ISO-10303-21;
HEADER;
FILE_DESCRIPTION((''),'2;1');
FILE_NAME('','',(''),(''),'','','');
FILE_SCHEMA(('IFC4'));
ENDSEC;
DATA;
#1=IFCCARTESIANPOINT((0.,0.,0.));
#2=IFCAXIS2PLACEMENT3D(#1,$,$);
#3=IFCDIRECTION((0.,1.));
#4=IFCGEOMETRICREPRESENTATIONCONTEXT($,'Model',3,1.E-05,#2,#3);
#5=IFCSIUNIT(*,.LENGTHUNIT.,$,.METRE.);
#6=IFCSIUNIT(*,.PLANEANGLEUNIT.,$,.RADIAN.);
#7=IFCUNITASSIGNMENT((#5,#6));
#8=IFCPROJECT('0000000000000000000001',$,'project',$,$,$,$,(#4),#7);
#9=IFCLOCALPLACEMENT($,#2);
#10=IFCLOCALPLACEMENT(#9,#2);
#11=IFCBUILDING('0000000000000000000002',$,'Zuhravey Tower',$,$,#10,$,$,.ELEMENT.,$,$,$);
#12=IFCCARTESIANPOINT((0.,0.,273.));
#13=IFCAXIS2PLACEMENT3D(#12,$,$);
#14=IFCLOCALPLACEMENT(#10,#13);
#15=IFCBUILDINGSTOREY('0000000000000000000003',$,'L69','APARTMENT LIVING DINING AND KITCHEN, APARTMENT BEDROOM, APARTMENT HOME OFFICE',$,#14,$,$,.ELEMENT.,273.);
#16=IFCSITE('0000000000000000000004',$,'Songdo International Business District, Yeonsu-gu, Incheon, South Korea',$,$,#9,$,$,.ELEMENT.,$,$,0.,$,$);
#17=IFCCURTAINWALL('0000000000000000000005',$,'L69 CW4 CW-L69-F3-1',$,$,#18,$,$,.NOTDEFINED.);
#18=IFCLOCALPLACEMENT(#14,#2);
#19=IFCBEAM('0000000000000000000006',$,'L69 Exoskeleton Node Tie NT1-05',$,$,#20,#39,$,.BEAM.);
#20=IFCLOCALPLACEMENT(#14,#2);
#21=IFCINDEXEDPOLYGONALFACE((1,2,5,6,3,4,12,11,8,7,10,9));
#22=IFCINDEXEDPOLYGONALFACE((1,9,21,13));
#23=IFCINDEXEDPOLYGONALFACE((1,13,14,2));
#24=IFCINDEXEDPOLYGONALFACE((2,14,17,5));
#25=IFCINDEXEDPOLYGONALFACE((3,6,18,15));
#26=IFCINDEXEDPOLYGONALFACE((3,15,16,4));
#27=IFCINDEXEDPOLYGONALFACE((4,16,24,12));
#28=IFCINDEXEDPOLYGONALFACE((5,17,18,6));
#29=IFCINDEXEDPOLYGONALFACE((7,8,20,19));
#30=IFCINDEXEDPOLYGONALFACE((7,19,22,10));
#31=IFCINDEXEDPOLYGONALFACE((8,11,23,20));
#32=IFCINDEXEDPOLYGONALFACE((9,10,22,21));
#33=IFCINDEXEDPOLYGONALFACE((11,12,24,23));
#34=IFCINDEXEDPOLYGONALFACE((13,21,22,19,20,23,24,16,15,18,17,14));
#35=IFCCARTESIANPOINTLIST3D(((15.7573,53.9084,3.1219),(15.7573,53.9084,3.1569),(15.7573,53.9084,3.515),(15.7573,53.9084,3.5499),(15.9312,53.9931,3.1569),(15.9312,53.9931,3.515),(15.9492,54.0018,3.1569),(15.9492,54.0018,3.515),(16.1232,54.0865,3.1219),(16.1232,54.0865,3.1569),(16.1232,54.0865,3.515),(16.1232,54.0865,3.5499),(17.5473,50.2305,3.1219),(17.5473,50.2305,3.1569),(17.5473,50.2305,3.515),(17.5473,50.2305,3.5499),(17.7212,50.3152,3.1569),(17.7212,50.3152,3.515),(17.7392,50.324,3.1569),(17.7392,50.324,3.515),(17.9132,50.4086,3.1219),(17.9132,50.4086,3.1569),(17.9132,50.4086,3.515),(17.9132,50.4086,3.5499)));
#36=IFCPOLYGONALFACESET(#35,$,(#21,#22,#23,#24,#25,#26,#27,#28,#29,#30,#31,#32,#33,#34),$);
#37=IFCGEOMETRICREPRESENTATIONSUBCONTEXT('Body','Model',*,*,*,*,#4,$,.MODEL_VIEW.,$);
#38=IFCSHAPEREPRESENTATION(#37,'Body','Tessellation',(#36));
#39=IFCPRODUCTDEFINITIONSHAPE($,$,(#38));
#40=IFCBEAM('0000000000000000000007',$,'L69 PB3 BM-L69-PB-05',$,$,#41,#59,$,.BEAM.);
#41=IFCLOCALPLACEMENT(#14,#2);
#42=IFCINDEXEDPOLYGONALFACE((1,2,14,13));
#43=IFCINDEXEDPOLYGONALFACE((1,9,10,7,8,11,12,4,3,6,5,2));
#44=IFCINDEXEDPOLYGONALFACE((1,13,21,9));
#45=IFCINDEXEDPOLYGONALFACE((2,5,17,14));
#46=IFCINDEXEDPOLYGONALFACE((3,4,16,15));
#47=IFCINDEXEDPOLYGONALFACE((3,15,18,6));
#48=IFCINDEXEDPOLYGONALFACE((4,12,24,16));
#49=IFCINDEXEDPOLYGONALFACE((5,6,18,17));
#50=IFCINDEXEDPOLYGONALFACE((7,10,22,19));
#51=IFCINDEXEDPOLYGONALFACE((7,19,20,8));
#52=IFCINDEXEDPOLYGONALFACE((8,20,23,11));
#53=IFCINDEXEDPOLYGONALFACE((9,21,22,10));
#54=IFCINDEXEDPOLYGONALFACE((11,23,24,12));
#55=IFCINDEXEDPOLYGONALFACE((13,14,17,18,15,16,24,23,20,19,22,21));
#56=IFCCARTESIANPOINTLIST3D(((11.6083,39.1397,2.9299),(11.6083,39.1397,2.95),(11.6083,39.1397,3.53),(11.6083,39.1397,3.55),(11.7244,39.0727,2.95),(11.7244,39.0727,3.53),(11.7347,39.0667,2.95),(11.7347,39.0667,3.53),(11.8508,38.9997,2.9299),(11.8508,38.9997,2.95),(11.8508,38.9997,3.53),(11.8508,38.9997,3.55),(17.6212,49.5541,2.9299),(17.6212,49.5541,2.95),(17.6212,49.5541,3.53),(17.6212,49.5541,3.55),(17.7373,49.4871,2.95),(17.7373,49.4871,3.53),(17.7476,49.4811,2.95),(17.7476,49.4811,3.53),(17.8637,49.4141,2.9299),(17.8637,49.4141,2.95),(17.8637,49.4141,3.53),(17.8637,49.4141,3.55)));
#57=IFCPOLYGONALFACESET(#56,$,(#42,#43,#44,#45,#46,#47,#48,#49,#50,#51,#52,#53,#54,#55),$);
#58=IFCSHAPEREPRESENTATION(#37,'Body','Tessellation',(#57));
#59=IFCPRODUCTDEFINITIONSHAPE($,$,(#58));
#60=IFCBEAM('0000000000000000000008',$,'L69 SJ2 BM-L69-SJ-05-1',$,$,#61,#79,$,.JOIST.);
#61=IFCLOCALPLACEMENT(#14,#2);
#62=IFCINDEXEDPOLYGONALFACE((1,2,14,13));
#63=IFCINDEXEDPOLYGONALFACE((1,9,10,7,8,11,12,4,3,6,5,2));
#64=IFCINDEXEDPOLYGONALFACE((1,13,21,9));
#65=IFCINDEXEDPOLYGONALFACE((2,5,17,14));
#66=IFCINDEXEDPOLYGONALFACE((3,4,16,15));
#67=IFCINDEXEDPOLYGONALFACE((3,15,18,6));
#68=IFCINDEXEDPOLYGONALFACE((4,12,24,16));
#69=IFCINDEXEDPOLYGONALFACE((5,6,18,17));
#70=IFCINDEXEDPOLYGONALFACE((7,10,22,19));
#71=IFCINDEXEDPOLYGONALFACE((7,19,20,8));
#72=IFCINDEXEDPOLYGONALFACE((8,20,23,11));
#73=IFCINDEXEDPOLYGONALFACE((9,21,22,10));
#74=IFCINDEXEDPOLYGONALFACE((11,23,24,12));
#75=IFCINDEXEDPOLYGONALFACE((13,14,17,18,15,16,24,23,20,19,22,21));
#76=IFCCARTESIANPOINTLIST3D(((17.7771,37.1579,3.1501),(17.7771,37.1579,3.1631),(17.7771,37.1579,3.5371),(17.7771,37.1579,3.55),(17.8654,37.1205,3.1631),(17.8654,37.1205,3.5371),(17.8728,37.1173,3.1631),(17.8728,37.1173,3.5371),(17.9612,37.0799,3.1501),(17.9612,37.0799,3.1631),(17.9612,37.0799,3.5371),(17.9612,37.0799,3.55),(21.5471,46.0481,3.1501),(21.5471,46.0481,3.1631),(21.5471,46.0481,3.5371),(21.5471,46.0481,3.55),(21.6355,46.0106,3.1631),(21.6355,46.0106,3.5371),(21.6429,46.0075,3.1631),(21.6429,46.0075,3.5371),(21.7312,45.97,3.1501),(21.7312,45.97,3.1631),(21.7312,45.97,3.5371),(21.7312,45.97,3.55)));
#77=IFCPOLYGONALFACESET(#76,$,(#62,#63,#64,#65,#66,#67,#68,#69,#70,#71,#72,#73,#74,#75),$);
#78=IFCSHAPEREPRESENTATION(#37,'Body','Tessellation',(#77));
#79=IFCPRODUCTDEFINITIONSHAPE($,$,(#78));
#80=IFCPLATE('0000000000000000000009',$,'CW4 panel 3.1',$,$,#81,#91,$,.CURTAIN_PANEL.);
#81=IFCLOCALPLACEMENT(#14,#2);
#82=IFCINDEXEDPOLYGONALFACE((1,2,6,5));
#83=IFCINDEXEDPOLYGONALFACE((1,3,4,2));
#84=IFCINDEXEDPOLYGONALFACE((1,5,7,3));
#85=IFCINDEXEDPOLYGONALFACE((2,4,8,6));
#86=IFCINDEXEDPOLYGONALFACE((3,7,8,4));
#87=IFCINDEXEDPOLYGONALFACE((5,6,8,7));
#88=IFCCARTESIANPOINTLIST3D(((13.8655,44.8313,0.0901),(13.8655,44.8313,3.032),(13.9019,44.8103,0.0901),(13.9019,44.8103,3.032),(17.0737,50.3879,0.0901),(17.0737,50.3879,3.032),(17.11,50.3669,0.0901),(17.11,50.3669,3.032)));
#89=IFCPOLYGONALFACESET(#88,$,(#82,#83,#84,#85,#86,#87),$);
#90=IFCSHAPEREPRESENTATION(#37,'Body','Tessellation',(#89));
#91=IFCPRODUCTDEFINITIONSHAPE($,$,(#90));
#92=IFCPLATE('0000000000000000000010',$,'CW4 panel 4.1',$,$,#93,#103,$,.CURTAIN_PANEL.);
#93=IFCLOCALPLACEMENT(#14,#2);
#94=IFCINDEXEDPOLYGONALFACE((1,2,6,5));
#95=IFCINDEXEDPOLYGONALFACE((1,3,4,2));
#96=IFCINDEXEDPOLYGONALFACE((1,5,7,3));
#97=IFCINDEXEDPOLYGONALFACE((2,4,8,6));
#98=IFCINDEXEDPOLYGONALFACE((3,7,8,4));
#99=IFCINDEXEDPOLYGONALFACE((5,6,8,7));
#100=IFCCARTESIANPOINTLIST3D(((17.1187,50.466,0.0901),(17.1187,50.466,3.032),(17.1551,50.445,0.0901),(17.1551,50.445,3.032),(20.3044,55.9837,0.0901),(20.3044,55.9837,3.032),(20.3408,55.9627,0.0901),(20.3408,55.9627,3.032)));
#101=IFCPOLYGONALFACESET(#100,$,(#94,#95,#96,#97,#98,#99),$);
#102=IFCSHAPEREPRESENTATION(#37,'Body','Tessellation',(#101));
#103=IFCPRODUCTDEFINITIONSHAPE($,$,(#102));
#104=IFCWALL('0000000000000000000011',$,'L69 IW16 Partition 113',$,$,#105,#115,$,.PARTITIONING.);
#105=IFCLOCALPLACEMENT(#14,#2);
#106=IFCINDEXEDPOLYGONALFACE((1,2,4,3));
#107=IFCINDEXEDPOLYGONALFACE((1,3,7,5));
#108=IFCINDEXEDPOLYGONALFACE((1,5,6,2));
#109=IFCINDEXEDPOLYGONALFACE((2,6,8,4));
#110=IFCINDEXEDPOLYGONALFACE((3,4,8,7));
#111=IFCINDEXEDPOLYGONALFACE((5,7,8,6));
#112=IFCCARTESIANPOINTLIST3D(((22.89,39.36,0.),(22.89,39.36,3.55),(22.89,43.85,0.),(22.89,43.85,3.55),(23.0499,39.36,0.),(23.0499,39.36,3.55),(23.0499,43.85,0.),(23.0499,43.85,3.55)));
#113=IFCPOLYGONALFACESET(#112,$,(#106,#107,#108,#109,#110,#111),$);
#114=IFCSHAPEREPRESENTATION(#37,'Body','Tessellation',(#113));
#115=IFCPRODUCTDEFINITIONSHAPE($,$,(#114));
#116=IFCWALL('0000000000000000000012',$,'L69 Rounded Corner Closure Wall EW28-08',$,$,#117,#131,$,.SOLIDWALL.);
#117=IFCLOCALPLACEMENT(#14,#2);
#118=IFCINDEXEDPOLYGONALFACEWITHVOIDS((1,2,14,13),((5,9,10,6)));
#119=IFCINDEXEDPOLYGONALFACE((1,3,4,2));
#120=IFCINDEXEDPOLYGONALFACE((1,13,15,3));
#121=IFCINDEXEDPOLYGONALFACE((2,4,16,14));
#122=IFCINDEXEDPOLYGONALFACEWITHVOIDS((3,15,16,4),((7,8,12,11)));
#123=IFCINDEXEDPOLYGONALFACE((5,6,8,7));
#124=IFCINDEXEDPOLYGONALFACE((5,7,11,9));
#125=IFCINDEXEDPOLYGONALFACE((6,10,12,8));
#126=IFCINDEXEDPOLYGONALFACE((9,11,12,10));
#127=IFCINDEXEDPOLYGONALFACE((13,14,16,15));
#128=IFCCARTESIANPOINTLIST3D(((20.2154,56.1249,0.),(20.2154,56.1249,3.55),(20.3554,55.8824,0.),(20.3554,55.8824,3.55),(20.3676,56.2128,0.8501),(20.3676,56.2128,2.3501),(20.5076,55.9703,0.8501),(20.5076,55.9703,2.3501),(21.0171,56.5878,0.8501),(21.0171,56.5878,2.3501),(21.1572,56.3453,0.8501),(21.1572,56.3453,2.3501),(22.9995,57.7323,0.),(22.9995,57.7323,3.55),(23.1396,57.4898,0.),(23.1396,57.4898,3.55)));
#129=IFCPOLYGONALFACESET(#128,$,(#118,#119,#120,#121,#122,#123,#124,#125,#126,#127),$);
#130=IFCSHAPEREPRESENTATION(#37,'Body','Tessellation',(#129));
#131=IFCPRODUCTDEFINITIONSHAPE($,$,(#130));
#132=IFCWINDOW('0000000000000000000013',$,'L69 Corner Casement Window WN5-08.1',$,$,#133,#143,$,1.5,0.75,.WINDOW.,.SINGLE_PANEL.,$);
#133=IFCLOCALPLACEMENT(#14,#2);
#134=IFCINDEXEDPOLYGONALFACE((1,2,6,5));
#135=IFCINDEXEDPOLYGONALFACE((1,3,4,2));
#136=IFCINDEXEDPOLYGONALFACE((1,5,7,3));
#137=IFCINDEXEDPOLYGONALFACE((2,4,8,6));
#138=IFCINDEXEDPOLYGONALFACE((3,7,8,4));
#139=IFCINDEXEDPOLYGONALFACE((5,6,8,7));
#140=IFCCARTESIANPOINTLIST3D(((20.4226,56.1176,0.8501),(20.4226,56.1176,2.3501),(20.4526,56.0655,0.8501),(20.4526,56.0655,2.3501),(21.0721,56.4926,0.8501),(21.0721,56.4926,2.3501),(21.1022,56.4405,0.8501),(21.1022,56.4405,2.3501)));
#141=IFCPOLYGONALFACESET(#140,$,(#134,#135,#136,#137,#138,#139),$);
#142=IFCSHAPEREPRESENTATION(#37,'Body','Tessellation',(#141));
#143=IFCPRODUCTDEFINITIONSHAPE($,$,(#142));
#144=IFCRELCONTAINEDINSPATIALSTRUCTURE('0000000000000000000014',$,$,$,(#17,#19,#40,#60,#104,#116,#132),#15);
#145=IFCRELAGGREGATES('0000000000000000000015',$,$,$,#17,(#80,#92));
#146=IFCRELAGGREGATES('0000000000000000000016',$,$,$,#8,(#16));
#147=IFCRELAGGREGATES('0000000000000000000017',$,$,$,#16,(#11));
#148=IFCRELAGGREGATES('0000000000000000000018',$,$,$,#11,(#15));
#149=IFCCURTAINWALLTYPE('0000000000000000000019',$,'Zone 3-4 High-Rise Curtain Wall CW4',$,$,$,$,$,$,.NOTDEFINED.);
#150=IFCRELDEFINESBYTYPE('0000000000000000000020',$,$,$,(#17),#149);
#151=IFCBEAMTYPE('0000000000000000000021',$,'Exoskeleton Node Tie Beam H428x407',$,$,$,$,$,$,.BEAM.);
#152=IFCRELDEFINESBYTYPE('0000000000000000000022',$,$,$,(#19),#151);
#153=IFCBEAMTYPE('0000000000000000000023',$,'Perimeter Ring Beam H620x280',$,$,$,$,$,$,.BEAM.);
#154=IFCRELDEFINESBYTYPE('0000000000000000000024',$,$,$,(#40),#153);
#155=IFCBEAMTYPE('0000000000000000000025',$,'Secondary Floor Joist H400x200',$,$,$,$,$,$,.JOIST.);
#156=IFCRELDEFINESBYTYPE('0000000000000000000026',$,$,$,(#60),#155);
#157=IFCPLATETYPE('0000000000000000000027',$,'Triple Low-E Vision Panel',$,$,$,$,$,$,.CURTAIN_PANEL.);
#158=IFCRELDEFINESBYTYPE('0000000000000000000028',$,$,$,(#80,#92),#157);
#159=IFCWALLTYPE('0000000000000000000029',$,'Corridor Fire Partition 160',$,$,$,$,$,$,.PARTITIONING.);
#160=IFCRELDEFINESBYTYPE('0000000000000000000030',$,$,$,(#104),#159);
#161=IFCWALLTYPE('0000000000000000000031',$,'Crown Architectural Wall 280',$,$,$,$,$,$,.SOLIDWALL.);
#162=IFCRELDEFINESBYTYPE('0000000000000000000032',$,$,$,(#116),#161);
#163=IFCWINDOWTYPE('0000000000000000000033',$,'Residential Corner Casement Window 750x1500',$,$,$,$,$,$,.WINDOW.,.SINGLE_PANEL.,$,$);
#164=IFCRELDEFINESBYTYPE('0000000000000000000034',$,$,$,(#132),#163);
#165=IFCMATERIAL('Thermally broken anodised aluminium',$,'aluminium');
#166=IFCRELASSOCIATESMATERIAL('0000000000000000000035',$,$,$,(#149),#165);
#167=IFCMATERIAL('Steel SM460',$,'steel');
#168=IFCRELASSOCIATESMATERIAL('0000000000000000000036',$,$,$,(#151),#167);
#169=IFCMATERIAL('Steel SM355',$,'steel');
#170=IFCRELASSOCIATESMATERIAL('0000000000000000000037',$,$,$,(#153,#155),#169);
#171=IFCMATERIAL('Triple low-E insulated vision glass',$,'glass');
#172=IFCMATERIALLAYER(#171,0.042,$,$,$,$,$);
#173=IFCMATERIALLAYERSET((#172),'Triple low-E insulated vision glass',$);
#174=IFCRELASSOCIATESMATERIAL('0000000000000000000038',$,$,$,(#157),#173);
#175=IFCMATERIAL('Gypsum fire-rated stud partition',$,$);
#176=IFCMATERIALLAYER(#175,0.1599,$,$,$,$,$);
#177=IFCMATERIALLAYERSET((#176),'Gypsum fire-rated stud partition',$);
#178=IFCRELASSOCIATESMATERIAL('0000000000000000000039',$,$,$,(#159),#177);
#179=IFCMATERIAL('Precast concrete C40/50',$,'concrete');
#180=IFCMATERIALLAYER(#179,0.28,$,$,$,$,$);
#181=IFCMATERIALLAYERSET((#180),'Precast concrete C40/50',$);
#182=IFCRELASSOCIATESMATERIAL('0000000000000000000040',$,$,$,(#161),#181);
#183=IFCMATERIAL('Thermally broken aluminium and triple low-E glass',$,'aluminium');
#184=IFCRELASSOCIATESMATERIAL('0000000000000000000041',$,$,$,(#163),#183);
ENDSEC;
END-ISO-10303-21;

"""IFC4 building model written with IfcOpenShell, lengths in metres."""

from ifc_helpers import new_model, si_unit, direction, frame, frame_2d, origin, origin_2d, place, context, subcontext, project, spatial, rectangle, i_section, extrude, material, layer, layer_set, material_profile, profile_set, type_object, element, fill, aggregate, save


model = new_model("IFC4")

# Units and contexts
model_context = context("Model", 3, precision=1e-05, world=origin(), true_north=direction((0.0, 1.0)))
body_context = subcontext(model_context, "Body", "Model", "MODEL_VIEW")
ifc_project = project(units=[si_unit("LENGTHUNIT", "METRE"), si_unit("PLANEANGLEUNIT", "RADIAN")], contexts=[model_context])

# Site, building, storey
site_placement = place(None, origin())
site = spatial("IfcSite", under=ifc_project, at=site_placement, Name="Songdo International Business District, Yeonsu-gu, Incheon, South Korea", CompositionType="ELEMENT", RefElevation=0.0)
building_placement = place(site_placement, origin())
building = spatial("IfcBuilding", under=site, at=building_placement, Name="Zuhravey Tower", CompositionType="ELEMENT")
storey_placement = place(building_placement, frame((0.0, 0.0, 273.0)))
storey = spatial("IfcBuildingStorey", under=building, at=storey_placement, Name="L69", Description="APARTMENT LIVING DINING AND KITCHEN, APARTMENT BEDROOM, APARTMENT HOME OFFICE", CompositionType="ELEMENT", Elevation=273.0)

# Curtain wall
ifc_material_1 = material(Name="Thermally broken anodised aluminium", Category="aluminium")
curtain_wall_type = type_object("IfcCurtainWallType", Name="Zone 3-4 High-Rise Curtain Wall CW4", PredefinedType="NOTDEFINED", material=ifc_material_1)
curtain_wall_1_placement = place(storey_placement, origin())
curtain_wall_1 = element("IfcCurtainWall", 1, at=curtain_wall_1_placement, inside=storey, type_object=curtain_wall_type, Name="L69 CW4 CW-L69-F3-1", PredefinedType="NOTDEFINED")

# Beams
ifc_material_2 = material(Name="Steel SM460", Category="steel")
ifc_material_profile_1 = material_profile(ifc_material_2, i_section(OverallWidth=0.407, OverallDepth=0.428, WebThickness=0.02, FlangeThickness=0.0349, at=origin_2d()), Name="H-428x407x20x35")
ifc_profile_set_1 = profile_set([ifc_material_profile_1], Name="Steel SM460")
beam_type_1 = type_object("IfcBeamType", Name="Exoskeleton Node Tie Beam H428x407", PredefinedType="BEAM", material=ifc_profile_set_1)
beam_1_placement = place(storey_placement, frame((17.7302, 50.3196, 3.3359), z_axis=(-0.437614, 0.899163, 0.0), x_axis=(-0.899163, -0.437614, 0.0)))
element("IfcBeam", 2, at=beam_1_placement, inside=storey, type_object=beam_type_1, Name="L69 Exoskeleton Node Tie NT1-05", PredefinedType="BEAM", context=body_context, shape_type="SweptSolid", body=[
    extrude(i_section(OverallWidth=0.407, OverallDepth=0.428, WebThickness=0.02, FlangeThickness=0.0349, at=origin_2d()), origin(), (0.0, 0.0, 1.0), 4.0903),
])
ifc_material_3 = material(Name="Steel SM355", Category="steel")
ifc_material_profile_2 = material_profile(ifc_material_3, i_section(OverallWidth=0.28, OverallDepth=0.6201, WebThickness=0.012, FlangeThickness=0.02, at=origin_2d()), Name="H-620x280x12x20")
ifc_profile_set_2 = profile_set([ifc_material_profile_2], Name="Steel SM355")
beam_type_2 = type_object("IfcBeamType", Name="Perimeter Ring Beam H620x280", PredefinedType="BEAM", material=ifc_profile_set_2)
beam_2_placement = place(storey_placement, frame((17.7424, 49.4841, 3.24), z_axis=(-0.500006, -0.866022, 0.0), x_axis=(0.866022, -0.500006, 0.0)))
element("IfcBeam", 3, at=beam_2_placement, inside=storey, type_object=beam_type_2, Name="L69 PB3 BM-L69-PB-05", PredefinedType="BEAM", context=body_context, shape_type="SweptSolid", body=[
    extrude(i_section(OverallWidth=0.28, OverallDepth=0.6201, WebThickness=0.012, FlangeThickness=0.02, at=origin_2d()), origin(), (0.0, 0.0, 1.0), 12.0256),
])
ifc_material_profile_3 = material_profile(ifc_material_3, i_section(OverallWidth=0.2, OverallDepth=0.3999, WebThickness=0.0081, FlangeThickness=0.0129, at=origin_2d()), Name="H-400x200x8x13")
ifc_profile_set_3 = profile_set([ifc_material_profile_3], Name="Steel SM355")
beam_type_3 = type_object("IfcBeamType", Name="Secondary Floor Joist H400x200", PredefinedType="JOIST", material=ifc_profile_set_3)
beam_3_placement = place(storey_placement, frame((21.6392, 46.009, 3.3501), z_axis=(-0.390413, -0.92064, 0.0), x_axis=(0.92064, -0.390413, 0.0)))
element("IfcBeam", 4, at=beam_3_placement, inside=storey, type_object=beam_type_3, Name="L69 SJ2 BM-L69-SJ-05-1", PredefinedType="JOIST", context=body_context, shape_type="SweptSolid", body=[
    extrude(i_section(OverallWidth=0.2, OverallDepth=0.3999, WebThickness=0.0081, FlangeThickness=0.0129, at=origin_2d()), origin(), (0.0, 0.0, 1.0), 9.6565),
])

# Plates
ifc_material_4 = material(Name="Triple low-E insulated vision glass", Category="glass")
ifc_layer_1 = layer(ifc_material_4, 0.042)
ifc_layer_set_1 = layer_set([ifc_layer_1], Name="Triple low-E insulated vision glass")
plate_type = type_object("IfcPlateType", Name="Triple Low-E Vision Panel", PredefinedType="CURTAIN_PANEL", material=ifc_layer_set_1)
plate_1_placement = place(storey_placement, frame((15.4878, 47.5991, 0.0901), z_axis=(0.0, 0.0, 1.0), x_axis=(0.500001, 0.866025, 0.0)))
plate_1 = element("IfcPlate", 5, at=plate_1_placement, type_object=plate_type, Name="CW4 panel 3.1", PredefinedType="CURTAIN_PANEL", context=body_context, shape_type="SweptSolid", body=[
    extrude(rectangle(XDim=6.4163, YDim=0.042, at=origin_2d()), origin(), (0.0, 0.0, 1.0), 2.9419),
])
plate_2_placement = place(storey_placement, frame((18.7297, 53.2144, 0.0901), z_axis=(0.0, 0.0, 1.0), x_axis=(0.500001, 0.866025, 0.0)))
plate_2 = element("IfcPlate", 6, at=plate_2_placement, type_object=plate_type, Name="CW4 panel 4.1", PredefinedType="CURTAIN_PANEL", context=body_context, shape_type="SweptSolid", body=[
    extrude(rectangle(XDim=6.3713, YDim=0.042, at=origin_2d()), origin(), (0.0, 0.0, 1.0), 2.9419),
])
aggregate(curtain_wall_1, [plate_1, plate_2])

# Wall
ifc_material_5 = material(Name="Gypsum fire-rated stud partition")
ifc_layer_2 = layer(ifc_material_5, 0.1599)
ifc_layer_set_2 = layer_set([ifc_layer_2], Name="Gypsum fire-rated stud partition")
wall_type_1 = type_object("IfcWallType", Name="Corridor Fire Partition 160", PredefinedType="PARTITIONING", material=ifc_layer_set_2)
wall_1_placement = place(storey_placement, frame((22.97, 43.8501, 0.0), z_axis=(0.0, 0.0, 1.0), x_axis=(0.0, -1.0, 0.0)))
element("IfcWall", 7, at=wall_1_placement, inside=storey, type_object=wall_type_1, Name="L69 IW16 Partition 113", PredefinedType="PARTITIONING", context=body_context, shape_type="SweptSolid", body=[
    extrude(rectangle(XDim=4.49, YDim=0.1599, at=frame_2d((2.2451, 0.0))), origin(), (0.0, 0.0, 1.0), 3.55),
])

# Wall, opening, window
ifc_material_6 = material(Name="Precast concrete C40/50", Category="concrete")
ifc_layer_3 = layer(ifc_material_6, 0.28)
ifc_layer_set_3 = layer_set([ifc_layer_3], Name="Precast concrete C40/50")
wall_type_2 = type_object("IfcWallType", Name="Crown Architectural Wall 280", PredefinedType="SOLIDWALL", material=ifc_layer_set_3)
wall_2_placement = place(storey_placement, frame((20.2854, 56.0037, 0.0), z_axis=(0.0, 0.0, 1.0), x_axis=(0.866029, 0.499994, 0.0)))
wall_2 = element("IfcWall", 8, at=wall_2_placement, inside=storey, type_object=wall_type_2, Name="L69 Rounded Corner Closure Wall EW28-08", PredefinedType="SOLIDWALL", context=body_context, shape_type="SweptSolid", body=[
    extrude(rectangle(XDim=3.2148, YDim=0.28, at=frame_2d((1.6074, 0.0))), origin(), (0.0, 0.0, 1.0), 3.55),
])
opening_1_placement = place(wall_2_placement, frame((0.1758, 0.0, 0.8501)))
opening_1 = element("IfcOpeningElement", 9, at=opening_1_placement, cuts=wall_2, PredefinedType="OPENING", context=body_context, shape_type="SweptSolid", body=[
    extrude(rectangle(XDim=0.75, YDim=1.5, at=frame_2d((0.375, 0.75))), frame((0.0, 0.1521, 0.0), z_axis=(0.0, -1.0, 0.0), x_axis=(1.0, 0.0, 0.0)), (0.0, 0.0, 1.0), 0.304),
])
ifc_material_7 = material(Name="Thermally broken aluminium and triple low-E glass", Category="aluminium")
window_type = type_object("IfcWindowType", Name="Residential Corner Casement Window 750x1500", PartitioningType="SINGLE_PANEL", PredefinedType="WINDOW", material=ifc_material_7)
window_placement = place(opening_1_placement, origin())
window = element("IfcWindow", 10, at=window_placement, inside=storey, type_object=window_type, Name="L69 Corner Casement Window WN5-08.1", OverallHeight=1.5, OverallWidth=0.75, PartitioningType="SINGLE_PANEL", PredefinedType="WINDOW", context=body_context, shape_type="SweptSolid", body=[
    extrude(rectangle(XDim=0.75, YDim=1.5, at=frame_2d((0.375, 0.75))), frame((0.0, 0.03, 0.0), z_axis=(0.0, -1.0, 0.0), x_axis=(1.0, 0.0, 0.0)), (0.0, 0.0, 1.0), 0.0601),
])
fill(opening_1, window)

save(model, "model.ifc")
